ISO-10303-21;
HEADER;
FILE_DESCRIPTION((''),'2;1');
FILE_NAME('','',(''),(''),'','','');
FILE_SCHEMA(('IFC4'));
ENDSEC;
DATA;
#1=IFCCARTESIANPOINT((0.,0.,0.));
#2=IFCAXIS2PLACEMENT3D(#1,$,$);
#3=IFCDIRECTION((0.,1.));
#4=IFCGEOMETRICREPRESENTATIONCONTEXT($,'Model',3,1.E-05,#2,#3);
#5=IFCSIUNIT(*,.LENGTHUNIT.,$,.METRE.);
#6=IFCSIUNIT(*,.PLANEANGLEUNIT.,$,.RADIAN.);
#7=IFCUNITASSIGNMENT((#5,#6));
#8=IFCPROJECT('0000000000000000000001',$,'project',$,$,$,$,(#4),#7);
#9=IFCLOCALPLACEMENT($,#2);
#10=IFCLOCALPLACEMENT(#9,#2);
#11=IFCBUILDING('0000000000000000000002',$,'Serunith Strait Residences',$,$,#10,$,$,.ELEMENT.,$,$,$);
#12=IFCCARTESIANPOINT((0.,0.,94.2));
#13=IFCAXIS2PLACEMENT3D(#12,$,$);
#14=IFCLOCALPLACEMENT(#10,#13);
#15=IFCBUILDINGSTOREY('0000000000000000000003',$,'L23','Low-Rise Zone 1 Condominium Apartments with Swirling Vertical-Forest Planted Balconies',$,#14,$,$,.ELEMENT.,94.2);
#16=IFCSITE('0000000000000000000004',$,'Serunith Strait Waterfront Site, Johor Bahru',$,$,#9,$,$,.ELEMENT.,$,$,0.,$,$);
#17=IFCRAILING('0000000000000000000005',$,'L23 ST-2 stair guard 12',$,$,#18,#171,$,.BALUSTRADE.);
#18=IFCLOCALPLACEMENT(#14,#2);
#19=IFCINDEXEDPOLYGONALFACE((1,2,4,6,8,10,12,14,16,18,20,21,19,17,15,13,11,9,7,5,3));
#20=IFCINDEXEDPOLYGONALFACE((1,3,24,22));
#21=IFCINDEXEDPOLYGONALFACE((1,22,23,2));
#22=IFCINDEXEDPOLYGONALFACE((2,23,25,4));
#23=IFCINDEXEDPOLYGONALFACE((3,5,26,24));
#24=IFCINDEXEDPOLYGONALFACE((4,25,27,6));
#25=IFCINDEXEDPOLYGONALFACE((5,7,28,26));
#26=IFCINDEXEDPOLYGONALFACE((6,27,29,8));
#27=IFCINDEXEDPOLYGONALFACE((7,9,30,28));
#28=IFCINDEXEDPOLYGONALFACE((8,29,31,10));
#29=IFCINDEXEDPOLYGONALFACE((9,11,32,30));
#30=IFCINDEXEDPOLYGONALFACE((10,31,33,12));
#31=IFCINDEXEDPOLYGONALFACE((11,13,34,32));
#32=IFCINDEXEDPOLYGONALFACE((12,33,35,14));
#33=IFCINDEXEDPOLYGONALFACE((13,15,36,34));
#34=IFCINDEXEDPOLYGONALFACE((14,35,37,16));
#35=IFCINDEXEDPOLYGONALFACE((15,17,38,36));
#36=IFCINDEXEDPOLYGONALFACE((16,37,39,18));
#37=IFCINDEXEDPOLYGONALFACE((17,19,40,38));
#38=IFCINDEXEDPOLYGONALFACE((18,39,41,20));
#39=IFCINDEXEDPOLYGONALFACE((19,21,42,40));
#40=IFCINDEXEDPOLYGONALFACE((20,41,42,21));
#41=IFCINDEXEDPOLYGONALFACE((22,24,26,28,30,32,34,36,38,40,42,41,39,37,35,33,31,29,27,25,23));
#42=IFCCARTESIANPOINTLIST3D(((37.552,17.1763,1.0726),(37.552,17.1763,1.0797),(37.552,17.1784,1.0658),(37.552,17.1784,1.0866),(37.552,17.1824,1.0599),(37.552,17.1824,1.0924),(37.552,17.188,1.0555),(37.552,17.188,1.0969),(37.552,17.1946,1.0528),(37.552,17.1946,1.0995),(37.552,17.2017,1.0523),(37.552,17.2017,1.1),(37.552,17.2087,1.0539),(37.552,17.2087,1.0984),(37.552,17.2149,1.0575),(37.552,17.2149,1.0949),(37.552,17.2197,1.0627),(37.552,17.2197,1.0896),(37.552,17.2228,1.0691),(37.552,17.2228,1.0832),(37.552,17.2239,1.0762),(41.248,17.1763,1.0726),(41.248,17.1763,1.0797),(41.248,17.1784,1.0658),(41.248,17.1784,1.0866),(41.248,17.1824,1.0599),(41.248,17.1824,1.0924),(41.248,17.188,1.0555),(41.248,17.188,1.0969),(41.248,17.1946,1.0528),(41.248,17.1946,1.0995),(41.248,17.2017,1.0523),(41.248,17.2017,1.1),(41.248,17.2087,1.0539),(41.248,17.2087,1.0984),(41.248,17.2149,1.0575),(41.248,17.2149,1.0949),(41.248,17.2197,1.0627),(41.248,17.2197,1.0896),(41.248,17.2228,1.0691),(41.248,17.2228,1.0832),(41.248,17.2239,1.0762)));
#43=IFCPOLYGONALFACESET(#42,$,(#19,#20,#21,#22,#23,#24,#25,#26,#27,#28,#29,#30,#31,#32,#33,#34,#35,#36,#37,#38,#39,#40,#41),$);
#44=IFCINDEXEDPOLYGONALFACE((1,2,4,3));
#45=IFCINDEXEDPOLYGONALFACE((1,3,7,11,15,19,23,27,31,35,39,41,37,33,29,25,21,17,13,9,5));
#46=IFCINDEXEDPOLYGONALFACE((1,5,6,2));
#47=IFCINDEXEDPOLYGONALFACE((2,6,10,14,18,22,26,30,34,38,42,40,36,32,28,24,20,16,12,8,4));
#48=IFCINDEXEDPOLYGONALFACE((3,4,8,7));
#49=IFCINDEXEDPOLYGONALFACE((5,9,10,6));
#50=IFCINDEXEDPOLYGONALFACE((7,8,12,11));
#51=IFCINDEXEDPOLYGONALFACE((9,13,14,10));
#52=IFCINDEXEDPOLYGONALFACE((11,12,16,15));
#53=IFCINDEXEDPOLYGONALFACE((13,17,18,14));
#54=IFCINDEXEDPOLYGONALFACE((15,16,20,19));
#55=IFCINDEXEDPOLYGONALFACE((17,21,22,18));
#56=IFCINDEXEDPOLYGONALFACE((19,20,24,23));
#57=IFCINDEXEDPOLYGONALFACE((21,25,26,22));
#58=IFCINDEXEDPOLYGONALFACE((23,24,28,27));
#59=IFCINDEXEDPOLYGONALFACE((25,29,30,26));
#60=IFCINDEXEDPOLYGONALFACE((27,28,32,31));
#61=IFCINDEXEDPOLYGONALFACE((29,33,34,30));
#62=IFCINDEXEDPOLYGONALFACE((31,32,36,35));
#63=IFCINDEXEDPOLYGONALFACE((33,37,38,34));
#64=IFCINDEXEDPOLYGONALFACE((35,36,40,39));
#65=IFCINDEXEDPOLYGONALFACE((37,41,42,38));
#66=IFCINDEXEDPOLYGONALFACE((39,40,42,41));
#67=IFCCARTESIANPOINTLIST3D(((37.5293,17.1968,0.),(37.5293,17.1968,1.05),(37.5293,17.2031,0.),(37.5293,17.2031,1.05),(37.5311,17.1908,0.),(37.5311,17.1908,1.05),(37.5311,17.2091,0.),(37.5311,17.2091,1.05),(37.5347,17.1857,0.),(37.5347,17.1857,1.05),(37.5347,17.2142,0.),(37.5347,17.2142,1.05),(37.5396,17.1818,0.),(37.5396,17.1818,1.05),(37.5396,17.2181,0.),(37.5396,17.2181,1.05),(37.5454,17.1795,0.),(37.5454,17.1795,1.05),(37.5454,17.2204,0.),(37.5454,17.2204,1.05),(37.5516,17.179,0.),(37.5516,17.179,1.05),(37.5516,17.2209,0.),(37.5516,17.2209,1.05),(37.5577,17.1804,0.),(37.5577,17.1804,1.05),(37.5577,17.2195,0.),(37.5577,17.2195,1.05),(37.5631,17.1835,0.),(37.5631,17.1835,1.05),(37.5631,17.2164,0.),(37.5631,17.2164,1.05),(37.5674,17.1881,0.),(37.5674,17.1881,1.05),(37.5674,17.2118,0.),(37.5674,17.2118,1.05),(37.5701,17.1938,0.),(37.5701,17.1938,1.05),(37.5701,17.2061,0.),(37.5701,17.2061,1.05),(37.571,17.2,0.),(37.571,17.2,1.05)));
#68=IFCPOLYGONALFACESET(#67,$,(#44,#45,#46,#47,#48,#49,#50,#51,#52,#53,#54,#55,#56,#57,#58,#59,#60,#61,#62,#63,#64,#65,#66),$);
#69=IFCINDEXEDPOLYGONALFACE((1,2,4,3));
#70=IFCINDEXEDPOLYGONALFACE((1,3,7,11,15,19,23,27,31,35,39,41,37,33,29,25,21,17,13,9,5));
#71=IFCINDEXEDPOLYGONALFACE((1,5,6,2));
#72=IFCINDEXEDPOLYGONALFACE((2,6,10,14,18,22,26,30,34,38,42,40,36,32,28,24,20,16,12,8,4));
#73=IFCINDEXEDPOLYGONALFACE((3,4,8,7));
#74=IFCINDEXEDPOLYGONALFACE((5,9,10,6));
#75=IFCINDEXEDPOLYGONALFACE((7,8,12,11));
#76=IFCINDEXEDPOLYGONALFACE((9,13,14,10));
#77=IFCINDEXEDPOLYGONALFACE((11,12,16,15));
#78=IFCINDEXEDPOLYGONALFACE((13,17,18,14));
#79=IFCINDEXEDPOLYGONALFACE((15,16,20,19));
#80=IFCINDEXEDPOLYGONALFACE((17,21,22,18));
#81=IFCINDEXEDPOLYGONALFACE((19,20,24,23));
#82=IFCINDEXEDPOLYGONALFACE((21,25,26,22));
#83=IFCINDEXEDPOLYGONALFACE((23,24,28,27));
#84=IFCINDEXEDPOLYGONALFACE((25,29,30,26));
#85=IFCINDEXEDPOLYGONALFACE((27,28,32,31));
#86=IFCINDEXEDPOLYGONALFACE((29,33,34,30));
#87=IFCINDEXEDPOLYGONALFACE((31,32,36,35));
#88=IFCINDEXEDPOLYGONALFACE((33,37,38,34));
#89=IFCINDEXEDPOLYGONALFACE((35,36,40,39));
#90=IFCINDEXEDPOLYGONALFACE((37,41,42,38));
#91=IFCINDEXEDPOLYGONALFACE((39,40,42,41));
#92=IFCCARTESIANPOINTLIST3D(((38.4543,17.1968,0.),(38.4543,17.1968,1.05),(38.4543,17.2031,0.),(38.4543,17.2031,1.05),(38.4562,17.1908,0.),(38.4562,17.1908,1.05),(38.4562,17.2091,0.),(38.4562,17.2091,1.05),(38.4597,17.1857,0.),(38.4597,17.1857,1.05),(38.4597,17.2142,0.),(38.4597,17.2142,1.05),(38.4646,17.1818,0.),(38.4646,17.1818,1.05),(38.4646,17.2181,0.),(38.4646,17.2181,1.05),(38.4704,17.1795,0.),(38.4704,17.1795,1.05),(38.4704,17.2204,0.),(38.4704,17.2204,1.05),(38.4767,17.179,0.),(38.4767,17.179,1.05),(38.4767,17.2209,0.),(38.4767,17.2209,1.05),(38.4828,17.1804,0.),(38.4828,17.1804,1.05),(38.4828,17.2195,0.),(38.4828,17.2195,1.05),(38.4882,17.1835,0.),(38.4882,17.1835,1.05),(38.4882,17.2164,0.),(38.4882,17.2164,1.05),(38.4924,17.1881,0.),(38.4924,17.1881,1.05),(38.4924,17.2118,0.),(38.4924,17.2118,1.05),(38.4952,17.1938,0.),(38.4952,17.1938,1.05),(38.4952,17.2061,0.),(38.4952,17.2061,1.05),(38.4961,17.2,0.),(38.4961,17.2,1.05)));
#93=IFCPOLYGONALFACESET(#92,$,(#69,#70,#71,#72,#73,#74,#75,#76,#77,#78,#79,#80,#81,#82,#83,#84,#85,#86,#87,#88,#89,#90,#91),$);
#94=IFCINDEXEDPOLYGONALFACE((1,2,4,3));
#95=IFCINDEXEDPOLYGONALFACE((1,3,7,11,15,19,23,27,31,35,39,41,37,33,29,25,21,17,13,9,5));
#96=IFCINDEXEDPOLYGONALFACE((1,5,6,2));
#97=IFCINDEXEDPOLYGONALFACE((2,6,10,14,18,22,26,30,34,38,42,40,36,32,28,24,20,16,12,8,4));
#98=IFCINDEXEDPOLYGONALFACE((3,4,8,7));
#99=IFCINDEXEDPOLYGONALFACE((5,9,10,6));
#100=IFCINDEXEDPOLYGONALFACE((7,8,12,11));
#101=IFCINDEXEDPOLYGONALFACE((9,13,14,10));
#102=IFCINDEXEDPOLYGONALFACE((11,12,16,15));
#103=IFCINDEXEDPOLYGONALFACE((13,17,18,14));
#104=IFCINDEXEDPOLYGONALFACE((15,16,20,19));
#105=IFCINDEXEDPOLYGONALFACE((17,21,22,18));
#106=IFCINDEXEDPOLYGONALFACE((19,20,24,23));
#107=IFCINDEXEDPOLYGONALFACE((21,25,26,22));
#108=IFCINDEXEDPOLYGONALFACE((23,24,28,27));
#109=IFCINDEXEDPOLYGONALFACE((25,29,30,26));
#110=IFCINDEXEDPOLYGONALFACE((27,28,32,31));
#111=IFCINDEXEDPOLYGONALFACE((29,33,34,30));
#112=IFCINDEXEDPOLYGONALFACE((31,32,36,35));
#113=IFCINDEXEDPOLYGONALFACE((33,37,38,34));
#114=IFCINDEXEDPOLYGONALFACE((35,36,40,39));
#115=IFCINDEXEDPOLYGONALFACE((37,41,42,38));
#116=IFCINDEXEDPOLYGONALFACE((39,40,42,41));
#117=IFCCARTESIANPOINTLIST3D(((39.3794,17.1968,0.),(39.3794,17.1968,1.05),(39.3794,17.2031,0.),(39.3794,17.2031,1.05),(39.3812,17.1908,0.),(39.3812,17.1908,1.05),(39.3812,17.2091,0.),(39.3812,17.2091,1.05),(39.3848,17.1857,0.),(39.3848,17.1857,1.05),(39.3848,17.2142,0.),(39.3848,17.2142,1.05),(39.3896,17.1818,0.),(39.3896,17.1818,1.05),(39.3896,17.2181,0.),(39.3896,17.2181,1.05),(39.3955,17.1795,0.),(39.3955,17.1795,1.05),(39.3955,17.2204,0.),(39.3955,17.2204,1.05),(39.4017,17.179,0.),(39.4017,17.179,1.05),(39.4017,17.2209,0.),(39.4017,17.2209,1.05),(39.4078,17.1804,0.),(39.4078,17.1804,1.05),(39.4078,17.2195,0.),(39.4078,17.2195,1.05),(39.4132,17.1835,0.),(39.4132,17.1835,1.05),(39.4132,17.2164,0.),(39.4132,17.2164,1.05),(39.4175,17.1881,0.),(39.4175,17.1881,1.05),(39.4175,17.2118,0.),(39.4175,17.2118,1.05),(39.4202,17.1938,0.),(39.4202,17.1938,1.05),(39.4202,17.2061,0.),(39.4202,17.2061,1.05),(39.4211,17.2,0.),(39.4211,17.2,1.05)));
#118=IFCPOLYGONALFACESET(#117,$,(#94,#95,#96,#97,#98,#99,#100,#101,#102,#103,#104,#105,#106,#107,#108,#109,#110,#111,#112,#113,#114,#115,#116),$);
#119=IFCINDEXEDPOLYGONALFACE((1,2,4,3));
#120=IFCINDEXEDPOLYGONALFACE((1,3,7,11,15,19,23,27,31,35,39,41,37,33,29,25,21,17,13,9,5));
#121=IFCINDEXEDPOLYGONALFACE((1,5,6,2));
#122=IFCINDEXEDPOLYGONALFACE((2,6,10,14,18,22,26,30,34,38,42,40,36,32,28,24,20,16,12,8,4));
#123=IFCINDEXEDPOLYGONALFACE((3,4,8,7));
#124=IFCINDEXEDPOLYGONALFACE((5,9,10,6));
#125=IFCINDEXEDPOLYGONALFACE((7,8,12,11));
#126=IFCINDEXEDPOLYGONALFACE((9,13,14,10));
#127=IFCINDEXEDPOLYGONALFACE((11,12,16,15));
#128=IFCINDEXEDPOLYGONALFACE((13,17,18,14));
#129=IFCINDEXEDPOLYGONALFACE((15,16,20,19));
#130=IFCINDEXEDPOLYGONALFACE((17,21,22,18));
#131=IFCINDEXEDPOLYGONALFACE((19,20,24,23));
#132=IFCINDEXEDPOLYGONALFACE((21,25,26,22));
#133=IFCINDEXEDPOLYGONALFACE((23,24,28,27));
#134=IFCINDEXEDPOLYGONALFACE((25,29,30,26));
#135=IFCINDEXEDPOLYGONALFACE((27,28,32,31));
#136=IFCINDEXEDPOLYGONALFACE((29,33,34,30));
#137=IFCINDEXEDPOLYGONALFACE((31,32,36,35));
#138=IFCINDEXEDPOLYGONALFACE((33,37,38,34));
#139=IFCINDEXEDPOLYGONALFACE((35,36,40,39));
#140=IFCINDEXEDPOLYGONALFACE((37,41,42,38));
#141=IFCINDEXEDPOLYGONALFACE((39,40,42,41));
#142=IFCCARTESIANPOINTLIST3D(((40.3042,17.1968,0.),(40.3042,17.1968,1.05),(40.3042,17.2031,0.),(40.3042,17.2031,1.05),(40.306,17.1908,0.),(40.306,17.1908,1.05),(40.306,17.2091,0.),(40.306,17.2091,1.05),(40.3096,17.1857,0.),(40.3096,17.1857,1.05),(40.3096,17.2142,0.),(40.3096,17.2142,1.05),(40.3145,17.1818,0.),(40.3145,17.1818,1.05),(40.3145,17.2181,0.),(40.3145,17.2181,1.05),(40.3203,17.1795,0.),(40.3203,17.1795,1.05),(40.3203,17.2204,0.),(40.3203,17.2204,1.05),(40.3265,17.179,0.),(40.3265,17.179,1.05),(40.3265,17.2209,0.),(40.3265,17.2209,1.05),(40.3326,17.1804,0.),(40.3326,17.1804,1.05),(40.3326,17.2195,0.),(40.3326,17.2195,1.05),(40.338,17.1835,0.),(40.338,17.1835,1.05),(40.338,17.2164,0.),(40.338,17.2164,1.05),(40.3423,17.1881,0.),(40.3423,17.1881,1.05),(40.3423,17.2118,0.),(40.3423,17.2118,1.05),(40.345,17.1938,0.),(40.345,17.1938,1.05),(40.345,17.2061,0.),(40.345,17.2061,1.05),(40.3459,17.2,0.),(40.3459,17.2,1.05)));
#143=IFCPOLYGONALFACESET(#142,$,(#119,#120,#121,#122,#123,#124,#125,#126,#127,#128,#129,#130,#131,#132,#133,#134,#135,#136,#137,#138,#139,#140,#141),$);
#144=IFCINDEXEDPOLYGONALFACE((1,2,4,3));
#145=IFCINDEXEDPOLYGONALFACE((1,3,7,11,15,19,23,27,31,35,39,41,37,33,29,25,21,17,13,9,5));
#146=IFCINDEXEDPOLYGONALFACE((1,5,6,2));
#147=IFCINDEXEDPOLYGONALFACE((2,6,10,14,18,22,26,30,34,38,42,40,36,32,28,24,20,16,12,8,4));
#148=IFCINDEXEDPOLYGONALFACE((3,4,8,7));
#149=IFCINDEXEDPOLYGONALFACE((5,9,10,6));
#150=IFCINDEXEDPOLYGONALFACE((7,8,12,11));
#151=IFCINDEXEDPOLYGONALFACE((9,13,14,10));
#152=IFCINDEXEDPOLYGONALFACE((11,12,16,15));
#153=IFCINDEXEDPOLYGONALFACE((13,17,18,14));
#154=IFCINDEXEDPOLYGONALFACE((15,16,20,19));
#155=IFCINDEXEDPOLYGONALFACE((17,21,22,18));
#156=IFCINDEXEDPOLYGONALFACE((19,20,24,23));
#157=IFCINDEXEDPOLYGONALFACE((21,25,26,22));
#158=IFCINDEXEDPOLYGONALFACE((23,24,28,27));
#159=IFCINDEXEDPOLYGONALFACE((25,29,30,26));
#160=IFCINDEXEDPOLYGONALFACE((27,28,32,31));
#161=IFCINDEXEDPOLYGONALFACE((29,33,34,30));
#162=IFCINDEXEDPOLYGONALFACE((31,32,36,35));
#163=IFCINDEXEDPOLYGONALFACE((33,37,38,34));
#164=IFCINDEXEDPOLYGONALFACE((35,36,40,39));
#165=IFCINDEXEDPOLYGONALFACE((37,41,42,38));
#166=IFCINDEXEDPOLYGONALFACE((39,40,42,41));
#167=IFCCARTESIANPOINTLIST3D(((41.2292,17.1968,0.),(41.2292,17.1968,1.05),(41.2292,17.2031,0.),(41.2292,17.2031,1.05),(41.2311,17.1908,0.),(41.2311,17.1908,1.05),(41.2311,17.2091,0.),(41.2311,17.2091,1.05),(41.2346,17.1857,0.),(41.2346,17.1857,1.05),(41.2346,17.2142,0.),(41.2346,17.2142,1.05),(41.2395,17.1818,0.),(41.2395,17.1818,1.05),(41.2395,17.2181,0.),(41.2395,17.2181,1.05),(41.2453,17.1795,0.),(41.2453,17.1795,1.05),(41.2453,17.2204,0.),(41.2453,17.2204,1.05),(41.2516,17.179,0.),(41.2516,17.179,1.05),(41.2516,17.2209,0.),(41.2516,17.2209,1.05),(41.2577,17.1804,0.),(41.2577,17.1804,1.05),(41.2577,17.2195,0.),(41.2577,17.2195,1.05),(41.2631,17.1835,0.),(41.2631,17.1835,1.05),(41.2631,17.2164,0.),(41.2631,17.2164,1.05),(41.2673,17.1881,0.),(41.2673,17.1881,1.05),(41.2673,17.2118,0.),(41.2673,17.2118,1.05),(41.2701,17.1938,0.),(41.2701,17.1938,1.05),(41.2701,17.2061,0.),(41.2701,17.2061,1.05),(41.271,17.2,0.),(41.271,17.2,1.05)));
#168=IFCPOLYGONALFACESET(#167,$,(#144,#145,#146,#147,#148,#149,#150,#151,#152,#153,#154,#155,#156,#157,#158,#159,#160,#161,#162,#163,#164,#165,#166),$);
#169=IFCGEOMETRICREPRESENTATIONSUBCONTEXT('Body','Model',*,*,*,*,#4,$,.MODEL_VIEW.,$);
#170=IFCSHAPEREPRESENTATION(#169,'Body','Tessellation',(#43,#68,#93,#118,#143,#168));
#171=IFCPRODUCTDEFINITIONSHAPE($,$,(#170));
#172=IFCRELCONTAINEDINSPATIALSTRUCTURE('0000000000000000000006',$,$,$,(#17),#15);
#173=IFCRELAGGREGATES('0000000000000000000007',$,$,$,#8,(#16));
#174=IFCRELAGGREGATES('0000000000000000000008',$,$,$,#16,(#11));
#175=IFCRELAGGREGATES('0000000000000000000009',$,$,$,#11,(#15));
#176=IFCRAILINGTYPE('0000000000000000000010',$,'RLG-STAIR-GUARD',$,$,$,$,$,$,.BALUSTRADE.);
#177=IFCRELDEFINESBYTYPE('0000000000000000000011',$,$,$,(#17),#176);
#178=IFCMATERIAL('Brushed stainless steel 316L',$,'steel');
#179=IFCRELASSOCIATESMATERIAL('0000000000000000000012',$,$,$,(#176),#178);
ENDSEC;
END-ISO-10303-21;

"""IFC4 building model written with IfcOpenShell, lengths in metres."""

from ifc_helpers import new_model, si_unit, direction, frame, origin, origin_2d, place, context, subcontext, project, spatial, circle, extrude, material, type_object, element, save


model = new_model("IFC4")

# Units and contexts
model_context = context("Model", 3, precision=1e-05, world=origin(), true_north=direction((0.0, 1.0)))
body_context = subcontext(model_context, "Body", "Model", "MODEL_VIEW")
ifc_project = project(units=[si_unit("LENGTHUNIT", "METRE"), si_unit("PLANEANGLEUNIT", "RADIAN")], contexts=[model_context])

# Site, building, storey
site_placement = place(None, origin())
site = spatial("IfcSite", under=ifc_project, at=site_placement, Name="Serunith Strait Waterfront Site, Johor Bahru", CompositionType="ELEMENT", RefElevation=0.0)
building_placement = place(site_placement, origin())
building = spatial("IfcBuilding", under=site, at=building_placement, Name="Serunith Strait Residences", CompositionType="ELEMENT")
storey_placement = place(building_placement, frame((0.0, 0.0, 94.2)))
storey = spatial("IfcBuildingStorey", under=building, at=storey_placement, Name="L23", Description="Low-Rise Zone 1 Condominium Apartments with Swirling Vertical-Forest Planted Balconies", CompositionType="ELEMENT", Elevation=94.2)

# Railing
ifc_material_1 = material(Name="Brushed stainless steel 316L", Category="steel")
railing_type_1 = type_object("IfcRailingType", Name="RLG-STAIR-GUARD", PredefinedType="BALUSTRADE", material=ifc_material_1)
railing_1_placement = place(storey_placement, frame((37.55, 17.2, 0.0)))
element("IfcRailing", 1, at=railing_1_placement, inside=storey, type_object=railing_type_1, Name="L23 ST-2 stair guard 12", PredefinedType="BALUSTRADE", context=body_context, shape_type="SweptSolid", body=[
    extrude(circle(Radius=0.0239, at=origin_2d()), frame((0.002, 0.0, 1.0762), z_axis=(1.0, 0.0, 0.0), x_axis=(0.0, 1.0, 0.0)), (0.0, 0.0, 1.0), 3.696),
    extrude(circle(Radius=0.021, at=origin_2d()), origin(), (0.0, 0.0, 1.0), 1.05),
    extrude(circle(Radius=0.021, at=origin_2d()), frame((0.925, 0.0, 0.0)), (0.0, 0.0, 1.0), 1.05),
    extrude(circle(Radius=0.021, at=origin_2d()), frame((1.8501, 0.0, 0.0)), (0.0, 0.0, 1.0), 1.05),
    extrude(circle(Radius=0.021, at=origin_2d()), frame((2.7749, 0.0, 0.0)), (0.0, 0.0, 1.0), 1.05),
    extrude(circle(Radius=0.021, at=origin_2d()), frame((3.7, 0.0, 0.0)), (0.0, 0.0, 1.0), 1.05),
])

save(model, "model.ifc")
